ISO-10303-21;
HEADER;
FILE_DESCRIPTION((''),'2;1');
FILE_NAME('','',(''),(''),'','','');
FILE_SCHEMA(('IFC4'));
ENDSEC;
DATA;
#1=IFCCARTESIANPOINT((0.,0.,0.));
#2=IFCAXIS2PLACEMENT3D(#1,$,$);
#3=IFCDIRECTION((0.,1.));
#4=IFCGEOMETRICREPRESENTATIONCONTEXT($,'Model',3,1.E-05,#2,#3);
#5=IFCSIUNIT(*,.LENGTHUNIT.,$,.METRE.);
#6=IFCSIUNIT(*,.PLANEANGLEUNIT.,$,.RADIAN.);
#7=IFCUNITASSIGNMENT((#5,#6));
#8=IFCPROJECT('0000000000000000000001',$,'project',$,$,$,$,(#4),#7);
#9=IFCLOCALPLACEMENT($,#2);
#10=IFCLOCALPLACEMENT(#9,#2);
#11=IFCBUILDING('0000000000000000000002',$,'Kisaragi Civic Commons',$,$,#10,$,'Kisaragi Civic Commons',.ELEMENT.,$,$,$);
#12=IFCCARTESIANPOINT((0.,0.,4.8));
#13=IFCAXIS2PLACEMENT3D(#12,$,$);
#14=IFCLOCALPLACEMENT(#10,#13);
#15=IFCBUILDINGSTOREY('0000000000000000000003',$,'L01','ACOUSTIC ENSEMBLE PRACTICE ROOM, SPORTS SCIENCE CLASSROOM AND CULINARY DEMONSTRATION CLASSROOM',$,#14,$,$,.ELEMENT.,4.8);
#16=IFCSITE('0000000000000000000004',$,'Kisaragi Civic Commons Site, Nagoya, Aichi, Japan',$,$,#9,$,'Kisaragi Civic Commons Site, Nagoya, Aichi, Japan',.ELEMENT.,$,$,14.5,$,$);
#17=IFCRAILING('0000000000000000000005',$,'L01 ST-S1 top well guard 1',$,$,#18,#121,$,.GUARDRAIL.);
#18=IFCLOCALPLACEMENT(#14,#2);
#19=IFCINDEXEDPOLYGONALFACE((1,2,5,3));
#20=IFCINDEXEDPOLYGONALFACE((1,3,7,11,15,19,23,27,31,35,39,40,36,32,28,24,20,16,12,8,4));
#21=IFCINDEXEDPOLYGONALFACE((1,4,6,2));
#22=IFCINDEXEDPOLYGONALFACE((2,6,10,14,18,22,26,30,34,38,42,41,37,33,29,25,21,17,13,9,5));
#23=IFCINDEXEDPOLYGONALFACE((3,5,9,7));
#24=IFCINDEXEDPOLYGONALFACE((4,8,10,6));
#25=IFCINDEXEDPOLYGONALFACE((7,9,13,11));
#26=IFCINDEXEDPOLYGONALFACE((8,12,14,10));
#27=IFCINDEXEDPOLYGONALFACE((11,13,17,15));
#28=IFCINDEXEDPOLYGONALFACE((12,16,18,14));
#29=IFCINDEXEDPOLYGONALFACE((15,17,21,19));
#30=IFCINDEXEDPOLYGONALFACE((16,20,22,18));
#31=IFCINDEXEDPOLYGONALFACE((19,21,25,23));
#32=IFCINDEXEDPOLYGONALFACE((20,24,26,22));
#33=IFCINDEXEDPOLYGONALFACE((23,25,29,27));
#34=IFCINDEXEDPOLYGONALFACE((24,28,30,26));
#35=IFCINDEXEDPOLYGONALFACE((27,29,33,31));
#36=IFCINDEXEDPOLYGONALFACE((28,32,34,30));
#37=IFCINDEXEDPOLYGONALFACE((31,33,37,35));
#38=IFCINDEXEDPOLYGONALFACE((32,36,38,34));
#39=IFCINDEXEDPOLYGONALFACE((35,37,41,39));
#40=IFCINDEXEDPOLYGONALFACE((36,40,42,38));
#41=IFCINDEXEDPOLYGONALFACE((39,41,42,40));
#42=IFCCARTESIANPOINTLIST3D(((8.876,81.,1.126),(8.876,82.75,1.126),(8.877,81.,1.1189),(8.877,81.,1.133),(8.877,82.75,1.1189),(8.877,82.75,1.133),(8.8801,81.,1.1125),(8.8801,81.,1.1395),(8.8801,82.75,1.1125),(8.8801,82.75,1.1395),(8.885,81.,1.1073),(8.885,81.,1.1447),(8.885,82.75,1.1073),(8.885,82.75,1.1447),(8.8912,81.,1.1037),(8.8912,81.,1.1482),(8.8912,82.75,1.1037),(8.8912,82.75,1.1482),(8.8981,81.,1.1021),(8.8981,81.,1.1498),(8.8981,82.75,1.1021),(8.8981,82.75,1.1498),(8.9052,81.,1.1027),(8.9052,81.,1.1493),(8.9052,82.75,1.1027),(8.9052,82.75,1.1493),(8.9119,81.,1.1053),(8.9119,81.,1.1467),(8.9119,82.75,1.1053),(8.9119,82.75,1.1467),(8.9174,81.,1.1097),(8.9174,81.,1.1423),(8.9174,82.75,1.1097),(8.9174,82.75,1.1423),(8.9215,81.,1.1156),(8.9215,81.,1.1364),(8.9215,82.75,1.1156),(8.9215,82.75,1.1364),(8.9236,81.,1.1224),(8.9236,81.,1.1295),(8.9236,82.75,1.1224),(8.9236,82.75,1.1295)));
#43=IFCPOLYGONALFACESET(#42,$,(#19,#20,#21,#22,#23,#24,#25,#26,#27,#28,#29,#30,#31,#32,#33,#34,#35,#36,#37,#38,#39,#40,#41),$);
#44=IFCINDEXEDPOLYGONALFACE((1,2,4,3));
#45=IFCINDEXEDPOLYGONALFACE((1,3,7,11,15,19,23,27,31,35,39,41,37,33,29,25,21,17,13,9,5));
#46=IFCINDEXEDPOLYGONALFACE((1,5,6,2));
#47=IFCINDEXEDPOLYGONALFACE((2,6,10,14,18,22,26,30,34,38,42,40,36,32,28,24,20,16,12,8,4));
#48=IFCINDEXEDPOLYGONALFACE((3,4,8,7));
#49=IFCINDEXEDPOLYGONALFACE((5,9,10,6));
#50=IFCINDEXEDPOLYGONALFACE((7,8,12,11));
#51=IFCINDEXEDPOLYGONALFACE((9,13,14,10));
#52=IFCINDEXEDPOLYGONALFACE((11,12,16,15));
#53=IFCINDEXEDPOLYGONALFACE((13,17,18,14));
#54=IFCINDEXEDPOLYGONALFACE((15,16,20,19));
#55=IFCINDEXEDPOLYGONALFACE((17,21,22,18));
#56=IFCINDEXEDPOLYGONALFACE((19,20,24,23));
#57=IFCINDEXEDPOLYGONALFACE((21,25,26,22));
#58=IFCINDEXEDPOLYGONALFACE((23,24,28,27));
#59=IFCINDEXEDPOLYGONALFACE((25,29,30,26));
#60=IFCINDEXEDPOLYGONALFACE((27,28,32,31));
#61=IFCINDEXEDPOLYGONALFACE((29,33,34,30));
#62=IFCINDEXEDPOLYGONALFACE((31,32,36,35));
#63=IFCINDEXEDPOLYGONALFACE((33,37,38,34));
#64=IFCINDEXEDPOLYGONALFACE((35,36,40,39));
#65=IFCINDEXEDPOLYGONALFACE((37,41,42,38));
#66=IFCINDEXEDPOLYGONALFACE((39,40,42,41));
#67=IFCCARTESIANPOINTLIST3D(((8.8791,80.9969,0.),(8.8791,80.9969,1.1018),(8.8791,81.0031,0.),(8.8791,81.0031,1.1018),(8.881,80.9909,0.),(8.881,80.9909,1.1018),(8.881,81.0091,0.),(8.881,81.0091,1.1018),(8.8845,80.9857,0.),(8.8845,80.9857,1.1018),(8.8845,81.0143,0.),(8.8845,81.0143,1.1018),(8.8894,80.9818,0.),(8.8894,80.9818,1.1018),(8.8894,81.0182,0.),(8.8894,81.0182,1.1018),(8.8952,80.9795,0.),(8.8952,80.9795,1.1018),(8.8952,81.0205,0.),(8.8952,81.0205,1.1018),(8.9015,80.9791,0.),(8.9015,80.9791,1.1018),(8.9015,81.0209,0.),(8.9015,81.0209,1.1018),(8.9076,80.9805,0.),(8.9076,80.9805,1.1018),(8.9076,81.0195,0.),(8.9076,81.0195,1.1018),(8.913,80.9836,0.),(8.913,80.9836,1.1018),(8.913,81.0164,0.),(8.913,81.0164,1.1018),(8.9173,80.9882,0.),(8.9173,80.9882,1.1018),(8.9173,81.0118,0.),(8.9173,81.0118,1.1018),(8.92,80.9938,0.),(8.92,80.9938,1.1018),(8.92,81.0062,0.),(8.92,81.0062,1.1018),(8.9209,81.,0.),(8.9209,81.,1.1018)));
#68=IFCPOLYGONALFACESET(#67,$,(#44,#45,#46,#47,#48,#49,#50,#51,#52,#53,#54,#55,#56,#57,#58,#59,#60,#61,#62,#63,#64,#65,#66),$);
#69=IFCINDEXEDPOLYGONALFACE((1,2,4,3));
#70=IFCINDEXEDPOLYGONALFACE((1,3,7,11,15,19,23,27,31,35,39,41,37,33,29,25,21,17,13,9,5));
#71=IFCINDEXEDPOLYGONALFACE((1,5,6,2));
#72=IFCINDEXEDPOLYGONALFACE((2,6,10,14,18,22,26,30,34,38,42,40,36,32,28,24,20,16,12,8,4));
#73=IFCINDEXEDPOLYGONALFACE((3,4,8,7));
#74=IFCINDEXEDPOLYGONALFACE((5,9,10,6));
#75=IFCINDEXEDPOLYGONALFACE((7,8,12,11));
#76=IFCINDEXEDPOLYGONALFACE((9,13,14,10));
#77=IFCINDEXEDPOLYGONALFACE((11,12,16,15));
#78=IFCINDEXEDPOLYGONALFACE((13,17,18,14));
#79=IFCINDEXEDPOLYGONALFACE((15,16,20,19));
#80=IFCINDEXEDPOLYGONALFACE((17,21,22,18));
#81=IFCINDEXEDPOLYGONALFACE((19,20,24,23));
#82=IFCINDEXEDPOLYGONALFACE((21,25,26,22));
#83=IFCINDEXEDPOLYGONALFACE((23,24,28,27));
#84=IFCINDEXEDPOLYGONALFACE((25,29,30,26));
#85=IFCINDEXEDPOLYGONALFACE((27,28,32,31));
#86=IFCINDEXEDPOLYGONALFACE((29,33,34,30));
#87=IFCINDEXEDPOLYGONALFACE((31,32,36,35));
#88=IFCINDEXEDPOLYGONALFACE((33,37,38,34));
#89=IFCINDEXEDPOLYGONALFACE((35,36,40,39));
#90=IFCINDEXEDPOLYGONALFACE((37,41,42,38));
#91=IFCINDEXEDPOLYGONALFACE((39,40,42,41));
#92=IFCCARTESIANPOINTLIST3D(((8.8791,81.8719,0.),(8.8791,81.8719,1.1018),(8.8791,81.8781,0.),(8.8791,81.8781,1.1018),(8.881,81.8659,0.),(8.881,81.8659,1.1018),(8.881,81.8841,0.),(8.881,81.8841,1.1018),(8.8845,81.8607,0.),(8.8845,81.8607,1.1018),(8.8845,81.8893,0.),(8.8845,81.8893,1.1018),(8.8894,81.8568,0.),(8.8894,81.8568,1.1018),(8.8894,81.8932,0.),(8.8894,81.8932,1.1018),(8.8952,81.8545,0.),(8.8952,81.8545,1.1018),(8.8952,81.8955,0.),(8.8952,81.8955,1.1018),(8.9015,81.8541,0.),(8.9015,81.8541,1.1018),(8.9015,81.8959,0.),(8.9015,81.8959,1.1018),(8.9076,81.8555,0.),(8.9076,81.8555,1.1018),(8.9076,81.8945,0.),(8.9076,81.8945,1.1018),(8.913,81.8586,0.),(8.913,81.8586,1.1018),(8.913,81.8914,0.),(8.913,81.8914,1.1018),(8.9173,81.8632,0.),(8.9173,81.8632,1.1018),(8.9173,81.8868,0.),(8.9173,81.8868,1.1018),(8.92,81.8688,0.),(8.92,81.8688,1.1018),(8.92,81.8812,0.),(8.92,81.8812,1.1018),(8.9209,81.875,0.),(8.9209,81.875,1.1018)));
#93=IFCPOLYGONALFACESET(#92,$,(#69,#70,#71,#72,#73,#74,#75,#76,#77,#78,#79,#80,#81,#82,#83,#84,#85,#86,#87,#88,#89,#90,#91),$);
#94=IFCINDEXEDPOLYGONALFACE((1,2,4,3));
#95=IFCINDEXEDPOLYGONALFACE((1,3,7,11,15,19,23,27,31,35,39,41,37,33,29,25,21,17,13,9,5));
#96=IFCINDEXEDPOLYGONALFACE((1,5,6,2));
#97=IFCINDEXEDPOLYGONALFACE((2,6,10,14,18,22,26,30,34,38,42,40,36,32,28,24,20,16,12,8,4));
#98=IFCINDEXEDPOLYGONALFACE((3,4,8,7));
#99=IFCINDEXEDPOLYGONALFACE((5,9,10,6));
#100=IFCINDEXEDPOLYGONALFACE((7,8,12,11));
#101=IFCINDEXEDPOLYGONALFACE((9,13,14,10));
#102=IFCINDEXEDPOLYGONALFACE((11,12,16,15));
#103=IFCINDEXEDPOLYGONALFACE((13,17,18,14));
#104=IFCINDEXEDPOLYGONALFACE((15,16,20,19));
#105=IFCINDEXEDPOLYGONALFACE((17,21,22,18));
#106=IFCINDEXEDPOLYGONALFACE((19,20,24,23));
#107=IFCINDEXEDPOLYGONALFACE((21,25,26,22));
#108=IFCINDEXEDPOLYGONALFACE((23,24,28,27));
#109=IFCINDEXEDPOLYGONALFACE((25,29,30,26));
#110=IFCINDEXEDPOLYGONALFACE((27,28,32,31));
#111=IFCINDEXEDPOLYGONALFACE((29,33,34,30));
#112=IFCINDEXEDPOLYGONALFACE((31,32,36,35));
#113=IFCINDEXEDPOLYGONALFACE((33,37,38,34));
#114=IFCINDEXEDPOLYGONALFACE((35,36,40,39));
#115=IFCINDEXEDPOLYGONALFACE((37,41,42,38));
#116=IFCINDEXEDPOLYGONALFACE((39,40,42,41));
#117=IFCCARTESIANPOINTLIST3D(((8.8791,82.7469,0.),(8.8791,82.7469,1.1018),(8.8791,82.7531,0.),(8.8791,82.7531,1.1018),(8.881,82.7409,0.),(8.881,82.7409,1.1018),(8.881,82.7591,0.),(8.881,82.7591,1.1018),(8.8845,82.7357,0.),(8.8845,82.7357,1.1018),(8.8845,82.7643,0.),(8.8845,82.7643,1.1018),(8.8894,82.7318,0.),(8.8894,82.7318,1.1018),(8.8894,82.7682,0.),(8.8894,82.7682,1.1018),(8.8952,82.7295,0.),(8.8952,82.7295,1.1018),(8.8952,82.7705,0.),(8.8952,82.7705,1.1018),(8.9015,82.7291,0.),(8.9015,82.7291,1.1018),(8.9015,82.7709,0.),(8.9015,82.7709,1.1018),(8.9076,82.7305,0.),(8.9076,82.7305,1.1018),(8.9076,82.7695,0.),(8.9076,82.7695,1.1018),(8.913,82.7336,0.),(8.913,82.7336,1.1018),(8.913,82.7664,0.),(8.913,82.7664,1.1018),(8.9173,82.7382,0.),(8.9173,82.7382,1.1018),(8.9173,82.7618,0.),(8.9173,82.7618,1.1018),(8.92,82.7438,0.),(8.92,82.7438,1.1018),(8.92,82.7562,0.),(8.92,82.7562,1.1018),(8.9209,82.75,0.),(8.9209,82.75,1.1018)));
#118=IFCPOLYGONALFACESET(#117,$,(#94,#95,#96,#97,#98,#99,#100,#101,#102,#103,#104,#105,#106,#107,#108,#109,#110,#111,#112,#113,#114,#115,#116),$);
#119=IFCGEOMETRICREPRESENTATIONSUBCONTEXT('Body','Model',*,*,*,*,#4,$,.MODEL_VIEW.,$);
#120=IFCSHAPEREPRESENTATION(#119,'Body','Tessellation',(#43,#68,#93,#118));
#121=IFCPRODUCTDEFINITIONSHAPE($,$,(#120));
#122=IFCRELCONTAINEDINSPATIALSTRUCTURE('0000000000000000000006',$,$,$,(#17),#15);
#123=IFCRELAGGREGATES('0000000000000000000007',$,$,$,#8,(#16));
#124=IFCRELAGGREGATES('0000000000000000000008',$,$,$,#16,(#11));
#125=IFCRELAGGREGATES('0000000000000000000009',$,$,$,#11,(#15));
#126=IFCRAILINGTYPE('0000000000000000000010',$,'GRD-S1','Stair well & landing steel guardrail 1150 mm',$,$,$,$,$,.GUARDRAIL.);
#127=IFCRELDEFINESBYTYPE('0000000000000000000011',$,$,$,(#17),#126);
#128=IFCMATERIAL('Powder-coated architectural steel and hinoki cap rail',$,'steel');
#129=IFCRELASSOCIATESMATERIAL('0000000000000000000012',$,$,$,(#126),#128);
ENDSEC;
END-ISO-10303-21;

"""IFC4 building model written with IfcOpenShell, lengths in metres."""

from ifc_helpers import new_model, si_unit, direction, frame, origin, origin_2d, place, context, subcontext, project, spatial, circle, extrude, material, type_object, element, save


model = new_model("IFC4")

# Units and contexts
model_context = context("Model", 3, precision=1e-05, world=origin(), true_north=direction((0.0, 1.0)))
body_context = subcontext(model_context, "Body", "Model", "MODEL_VIEW")
ifc_project = project(units=[si_unit("LENGTHUNIT", "METRE"), si_unit("PLANEANGLEUNIT", "RADIAN")], contexts=[model_context])

# Site, building, storey
site_placement = place(None, origin())
site = spatial("IfcSite", under=ifc_project, at=site_placement, Name="Kisaragi Civic Commons Site, Nagoya, Aichi, Japan", LongName="Kisaragi Civic Commons Site, Nagoya, Aichi, Japan", CompositionType="ELEMENT", RefElevation=14.5)
building_placement = place(site_placement, origin())
building = spatial("IfcBuilding", under=site, at=building_placement, Name="Kisaragi Civic Commons", LongName="Kisaragi Civic Commons", CompositionType="ELEMENT")
storey_placement = place(building_placement, frame((0.0, 0.0, 4.8)))
storey = spatial("IfcBuildingStorey", under=building, at=storey_placement, Name="L01", Description="ACOUSTIC ENSEMBLE PRACTICE ROOM, SPORTS SCIENCE CLASSROOM AND CULINARY DEMONSTRATION CLASSROOM", CompositionType="ELEMENT", Elevation=4.8)

# Railing
ifc_material_1 = material(Name="Powder-coated architectural steel and hinoki cap rail", Category="steel")
railing_type_1 = type_object("IfcRailingType", Name="GRD-S1", Description="Stair well & landing steel guardrail 1150 mm", PredefinedType="GUARDRAIL", material=ifc_material_1)
railing_1_placement = place(storey_placement, frame((8.8999, 81.0, 0.0)))
element("IfcRailing", 1, at=railing_1_placement, inside=storey, type_object=railing_type_1, Name="L01 ST-S1 top well guard 1", PredefinedType="GUARDRAIL", context=body_context, shape_type="SweptSolid", body=[
    extrude(circle(Radius=0.0239, at=origin_2d()), frame((0.0, 0.0, 1.126), z_axis=(0.0, 1.0, 0.0), x_axis=(-1.0, 0.0, 0.0)), (0.0, 0.0, 1.0), 1.75),
    extrude(circle(Radius=0.021, at=origin_2d()), origin(), (0.0, 0.0, 1.0), 1.1018),
    extrude(circle(Radius=0.021, at=origin_2d()), frame((0.0, 0.875, 0.0)), (0.0, 0.0, 1.0), 1.1018),
    extrude(circle(Radius=0.021, at=origin_2d()), frame((0.0, 1.75, 0.0)), (0.0, 0.0, 1.0), 1.1018),
])

save(model, "model.ifc")
